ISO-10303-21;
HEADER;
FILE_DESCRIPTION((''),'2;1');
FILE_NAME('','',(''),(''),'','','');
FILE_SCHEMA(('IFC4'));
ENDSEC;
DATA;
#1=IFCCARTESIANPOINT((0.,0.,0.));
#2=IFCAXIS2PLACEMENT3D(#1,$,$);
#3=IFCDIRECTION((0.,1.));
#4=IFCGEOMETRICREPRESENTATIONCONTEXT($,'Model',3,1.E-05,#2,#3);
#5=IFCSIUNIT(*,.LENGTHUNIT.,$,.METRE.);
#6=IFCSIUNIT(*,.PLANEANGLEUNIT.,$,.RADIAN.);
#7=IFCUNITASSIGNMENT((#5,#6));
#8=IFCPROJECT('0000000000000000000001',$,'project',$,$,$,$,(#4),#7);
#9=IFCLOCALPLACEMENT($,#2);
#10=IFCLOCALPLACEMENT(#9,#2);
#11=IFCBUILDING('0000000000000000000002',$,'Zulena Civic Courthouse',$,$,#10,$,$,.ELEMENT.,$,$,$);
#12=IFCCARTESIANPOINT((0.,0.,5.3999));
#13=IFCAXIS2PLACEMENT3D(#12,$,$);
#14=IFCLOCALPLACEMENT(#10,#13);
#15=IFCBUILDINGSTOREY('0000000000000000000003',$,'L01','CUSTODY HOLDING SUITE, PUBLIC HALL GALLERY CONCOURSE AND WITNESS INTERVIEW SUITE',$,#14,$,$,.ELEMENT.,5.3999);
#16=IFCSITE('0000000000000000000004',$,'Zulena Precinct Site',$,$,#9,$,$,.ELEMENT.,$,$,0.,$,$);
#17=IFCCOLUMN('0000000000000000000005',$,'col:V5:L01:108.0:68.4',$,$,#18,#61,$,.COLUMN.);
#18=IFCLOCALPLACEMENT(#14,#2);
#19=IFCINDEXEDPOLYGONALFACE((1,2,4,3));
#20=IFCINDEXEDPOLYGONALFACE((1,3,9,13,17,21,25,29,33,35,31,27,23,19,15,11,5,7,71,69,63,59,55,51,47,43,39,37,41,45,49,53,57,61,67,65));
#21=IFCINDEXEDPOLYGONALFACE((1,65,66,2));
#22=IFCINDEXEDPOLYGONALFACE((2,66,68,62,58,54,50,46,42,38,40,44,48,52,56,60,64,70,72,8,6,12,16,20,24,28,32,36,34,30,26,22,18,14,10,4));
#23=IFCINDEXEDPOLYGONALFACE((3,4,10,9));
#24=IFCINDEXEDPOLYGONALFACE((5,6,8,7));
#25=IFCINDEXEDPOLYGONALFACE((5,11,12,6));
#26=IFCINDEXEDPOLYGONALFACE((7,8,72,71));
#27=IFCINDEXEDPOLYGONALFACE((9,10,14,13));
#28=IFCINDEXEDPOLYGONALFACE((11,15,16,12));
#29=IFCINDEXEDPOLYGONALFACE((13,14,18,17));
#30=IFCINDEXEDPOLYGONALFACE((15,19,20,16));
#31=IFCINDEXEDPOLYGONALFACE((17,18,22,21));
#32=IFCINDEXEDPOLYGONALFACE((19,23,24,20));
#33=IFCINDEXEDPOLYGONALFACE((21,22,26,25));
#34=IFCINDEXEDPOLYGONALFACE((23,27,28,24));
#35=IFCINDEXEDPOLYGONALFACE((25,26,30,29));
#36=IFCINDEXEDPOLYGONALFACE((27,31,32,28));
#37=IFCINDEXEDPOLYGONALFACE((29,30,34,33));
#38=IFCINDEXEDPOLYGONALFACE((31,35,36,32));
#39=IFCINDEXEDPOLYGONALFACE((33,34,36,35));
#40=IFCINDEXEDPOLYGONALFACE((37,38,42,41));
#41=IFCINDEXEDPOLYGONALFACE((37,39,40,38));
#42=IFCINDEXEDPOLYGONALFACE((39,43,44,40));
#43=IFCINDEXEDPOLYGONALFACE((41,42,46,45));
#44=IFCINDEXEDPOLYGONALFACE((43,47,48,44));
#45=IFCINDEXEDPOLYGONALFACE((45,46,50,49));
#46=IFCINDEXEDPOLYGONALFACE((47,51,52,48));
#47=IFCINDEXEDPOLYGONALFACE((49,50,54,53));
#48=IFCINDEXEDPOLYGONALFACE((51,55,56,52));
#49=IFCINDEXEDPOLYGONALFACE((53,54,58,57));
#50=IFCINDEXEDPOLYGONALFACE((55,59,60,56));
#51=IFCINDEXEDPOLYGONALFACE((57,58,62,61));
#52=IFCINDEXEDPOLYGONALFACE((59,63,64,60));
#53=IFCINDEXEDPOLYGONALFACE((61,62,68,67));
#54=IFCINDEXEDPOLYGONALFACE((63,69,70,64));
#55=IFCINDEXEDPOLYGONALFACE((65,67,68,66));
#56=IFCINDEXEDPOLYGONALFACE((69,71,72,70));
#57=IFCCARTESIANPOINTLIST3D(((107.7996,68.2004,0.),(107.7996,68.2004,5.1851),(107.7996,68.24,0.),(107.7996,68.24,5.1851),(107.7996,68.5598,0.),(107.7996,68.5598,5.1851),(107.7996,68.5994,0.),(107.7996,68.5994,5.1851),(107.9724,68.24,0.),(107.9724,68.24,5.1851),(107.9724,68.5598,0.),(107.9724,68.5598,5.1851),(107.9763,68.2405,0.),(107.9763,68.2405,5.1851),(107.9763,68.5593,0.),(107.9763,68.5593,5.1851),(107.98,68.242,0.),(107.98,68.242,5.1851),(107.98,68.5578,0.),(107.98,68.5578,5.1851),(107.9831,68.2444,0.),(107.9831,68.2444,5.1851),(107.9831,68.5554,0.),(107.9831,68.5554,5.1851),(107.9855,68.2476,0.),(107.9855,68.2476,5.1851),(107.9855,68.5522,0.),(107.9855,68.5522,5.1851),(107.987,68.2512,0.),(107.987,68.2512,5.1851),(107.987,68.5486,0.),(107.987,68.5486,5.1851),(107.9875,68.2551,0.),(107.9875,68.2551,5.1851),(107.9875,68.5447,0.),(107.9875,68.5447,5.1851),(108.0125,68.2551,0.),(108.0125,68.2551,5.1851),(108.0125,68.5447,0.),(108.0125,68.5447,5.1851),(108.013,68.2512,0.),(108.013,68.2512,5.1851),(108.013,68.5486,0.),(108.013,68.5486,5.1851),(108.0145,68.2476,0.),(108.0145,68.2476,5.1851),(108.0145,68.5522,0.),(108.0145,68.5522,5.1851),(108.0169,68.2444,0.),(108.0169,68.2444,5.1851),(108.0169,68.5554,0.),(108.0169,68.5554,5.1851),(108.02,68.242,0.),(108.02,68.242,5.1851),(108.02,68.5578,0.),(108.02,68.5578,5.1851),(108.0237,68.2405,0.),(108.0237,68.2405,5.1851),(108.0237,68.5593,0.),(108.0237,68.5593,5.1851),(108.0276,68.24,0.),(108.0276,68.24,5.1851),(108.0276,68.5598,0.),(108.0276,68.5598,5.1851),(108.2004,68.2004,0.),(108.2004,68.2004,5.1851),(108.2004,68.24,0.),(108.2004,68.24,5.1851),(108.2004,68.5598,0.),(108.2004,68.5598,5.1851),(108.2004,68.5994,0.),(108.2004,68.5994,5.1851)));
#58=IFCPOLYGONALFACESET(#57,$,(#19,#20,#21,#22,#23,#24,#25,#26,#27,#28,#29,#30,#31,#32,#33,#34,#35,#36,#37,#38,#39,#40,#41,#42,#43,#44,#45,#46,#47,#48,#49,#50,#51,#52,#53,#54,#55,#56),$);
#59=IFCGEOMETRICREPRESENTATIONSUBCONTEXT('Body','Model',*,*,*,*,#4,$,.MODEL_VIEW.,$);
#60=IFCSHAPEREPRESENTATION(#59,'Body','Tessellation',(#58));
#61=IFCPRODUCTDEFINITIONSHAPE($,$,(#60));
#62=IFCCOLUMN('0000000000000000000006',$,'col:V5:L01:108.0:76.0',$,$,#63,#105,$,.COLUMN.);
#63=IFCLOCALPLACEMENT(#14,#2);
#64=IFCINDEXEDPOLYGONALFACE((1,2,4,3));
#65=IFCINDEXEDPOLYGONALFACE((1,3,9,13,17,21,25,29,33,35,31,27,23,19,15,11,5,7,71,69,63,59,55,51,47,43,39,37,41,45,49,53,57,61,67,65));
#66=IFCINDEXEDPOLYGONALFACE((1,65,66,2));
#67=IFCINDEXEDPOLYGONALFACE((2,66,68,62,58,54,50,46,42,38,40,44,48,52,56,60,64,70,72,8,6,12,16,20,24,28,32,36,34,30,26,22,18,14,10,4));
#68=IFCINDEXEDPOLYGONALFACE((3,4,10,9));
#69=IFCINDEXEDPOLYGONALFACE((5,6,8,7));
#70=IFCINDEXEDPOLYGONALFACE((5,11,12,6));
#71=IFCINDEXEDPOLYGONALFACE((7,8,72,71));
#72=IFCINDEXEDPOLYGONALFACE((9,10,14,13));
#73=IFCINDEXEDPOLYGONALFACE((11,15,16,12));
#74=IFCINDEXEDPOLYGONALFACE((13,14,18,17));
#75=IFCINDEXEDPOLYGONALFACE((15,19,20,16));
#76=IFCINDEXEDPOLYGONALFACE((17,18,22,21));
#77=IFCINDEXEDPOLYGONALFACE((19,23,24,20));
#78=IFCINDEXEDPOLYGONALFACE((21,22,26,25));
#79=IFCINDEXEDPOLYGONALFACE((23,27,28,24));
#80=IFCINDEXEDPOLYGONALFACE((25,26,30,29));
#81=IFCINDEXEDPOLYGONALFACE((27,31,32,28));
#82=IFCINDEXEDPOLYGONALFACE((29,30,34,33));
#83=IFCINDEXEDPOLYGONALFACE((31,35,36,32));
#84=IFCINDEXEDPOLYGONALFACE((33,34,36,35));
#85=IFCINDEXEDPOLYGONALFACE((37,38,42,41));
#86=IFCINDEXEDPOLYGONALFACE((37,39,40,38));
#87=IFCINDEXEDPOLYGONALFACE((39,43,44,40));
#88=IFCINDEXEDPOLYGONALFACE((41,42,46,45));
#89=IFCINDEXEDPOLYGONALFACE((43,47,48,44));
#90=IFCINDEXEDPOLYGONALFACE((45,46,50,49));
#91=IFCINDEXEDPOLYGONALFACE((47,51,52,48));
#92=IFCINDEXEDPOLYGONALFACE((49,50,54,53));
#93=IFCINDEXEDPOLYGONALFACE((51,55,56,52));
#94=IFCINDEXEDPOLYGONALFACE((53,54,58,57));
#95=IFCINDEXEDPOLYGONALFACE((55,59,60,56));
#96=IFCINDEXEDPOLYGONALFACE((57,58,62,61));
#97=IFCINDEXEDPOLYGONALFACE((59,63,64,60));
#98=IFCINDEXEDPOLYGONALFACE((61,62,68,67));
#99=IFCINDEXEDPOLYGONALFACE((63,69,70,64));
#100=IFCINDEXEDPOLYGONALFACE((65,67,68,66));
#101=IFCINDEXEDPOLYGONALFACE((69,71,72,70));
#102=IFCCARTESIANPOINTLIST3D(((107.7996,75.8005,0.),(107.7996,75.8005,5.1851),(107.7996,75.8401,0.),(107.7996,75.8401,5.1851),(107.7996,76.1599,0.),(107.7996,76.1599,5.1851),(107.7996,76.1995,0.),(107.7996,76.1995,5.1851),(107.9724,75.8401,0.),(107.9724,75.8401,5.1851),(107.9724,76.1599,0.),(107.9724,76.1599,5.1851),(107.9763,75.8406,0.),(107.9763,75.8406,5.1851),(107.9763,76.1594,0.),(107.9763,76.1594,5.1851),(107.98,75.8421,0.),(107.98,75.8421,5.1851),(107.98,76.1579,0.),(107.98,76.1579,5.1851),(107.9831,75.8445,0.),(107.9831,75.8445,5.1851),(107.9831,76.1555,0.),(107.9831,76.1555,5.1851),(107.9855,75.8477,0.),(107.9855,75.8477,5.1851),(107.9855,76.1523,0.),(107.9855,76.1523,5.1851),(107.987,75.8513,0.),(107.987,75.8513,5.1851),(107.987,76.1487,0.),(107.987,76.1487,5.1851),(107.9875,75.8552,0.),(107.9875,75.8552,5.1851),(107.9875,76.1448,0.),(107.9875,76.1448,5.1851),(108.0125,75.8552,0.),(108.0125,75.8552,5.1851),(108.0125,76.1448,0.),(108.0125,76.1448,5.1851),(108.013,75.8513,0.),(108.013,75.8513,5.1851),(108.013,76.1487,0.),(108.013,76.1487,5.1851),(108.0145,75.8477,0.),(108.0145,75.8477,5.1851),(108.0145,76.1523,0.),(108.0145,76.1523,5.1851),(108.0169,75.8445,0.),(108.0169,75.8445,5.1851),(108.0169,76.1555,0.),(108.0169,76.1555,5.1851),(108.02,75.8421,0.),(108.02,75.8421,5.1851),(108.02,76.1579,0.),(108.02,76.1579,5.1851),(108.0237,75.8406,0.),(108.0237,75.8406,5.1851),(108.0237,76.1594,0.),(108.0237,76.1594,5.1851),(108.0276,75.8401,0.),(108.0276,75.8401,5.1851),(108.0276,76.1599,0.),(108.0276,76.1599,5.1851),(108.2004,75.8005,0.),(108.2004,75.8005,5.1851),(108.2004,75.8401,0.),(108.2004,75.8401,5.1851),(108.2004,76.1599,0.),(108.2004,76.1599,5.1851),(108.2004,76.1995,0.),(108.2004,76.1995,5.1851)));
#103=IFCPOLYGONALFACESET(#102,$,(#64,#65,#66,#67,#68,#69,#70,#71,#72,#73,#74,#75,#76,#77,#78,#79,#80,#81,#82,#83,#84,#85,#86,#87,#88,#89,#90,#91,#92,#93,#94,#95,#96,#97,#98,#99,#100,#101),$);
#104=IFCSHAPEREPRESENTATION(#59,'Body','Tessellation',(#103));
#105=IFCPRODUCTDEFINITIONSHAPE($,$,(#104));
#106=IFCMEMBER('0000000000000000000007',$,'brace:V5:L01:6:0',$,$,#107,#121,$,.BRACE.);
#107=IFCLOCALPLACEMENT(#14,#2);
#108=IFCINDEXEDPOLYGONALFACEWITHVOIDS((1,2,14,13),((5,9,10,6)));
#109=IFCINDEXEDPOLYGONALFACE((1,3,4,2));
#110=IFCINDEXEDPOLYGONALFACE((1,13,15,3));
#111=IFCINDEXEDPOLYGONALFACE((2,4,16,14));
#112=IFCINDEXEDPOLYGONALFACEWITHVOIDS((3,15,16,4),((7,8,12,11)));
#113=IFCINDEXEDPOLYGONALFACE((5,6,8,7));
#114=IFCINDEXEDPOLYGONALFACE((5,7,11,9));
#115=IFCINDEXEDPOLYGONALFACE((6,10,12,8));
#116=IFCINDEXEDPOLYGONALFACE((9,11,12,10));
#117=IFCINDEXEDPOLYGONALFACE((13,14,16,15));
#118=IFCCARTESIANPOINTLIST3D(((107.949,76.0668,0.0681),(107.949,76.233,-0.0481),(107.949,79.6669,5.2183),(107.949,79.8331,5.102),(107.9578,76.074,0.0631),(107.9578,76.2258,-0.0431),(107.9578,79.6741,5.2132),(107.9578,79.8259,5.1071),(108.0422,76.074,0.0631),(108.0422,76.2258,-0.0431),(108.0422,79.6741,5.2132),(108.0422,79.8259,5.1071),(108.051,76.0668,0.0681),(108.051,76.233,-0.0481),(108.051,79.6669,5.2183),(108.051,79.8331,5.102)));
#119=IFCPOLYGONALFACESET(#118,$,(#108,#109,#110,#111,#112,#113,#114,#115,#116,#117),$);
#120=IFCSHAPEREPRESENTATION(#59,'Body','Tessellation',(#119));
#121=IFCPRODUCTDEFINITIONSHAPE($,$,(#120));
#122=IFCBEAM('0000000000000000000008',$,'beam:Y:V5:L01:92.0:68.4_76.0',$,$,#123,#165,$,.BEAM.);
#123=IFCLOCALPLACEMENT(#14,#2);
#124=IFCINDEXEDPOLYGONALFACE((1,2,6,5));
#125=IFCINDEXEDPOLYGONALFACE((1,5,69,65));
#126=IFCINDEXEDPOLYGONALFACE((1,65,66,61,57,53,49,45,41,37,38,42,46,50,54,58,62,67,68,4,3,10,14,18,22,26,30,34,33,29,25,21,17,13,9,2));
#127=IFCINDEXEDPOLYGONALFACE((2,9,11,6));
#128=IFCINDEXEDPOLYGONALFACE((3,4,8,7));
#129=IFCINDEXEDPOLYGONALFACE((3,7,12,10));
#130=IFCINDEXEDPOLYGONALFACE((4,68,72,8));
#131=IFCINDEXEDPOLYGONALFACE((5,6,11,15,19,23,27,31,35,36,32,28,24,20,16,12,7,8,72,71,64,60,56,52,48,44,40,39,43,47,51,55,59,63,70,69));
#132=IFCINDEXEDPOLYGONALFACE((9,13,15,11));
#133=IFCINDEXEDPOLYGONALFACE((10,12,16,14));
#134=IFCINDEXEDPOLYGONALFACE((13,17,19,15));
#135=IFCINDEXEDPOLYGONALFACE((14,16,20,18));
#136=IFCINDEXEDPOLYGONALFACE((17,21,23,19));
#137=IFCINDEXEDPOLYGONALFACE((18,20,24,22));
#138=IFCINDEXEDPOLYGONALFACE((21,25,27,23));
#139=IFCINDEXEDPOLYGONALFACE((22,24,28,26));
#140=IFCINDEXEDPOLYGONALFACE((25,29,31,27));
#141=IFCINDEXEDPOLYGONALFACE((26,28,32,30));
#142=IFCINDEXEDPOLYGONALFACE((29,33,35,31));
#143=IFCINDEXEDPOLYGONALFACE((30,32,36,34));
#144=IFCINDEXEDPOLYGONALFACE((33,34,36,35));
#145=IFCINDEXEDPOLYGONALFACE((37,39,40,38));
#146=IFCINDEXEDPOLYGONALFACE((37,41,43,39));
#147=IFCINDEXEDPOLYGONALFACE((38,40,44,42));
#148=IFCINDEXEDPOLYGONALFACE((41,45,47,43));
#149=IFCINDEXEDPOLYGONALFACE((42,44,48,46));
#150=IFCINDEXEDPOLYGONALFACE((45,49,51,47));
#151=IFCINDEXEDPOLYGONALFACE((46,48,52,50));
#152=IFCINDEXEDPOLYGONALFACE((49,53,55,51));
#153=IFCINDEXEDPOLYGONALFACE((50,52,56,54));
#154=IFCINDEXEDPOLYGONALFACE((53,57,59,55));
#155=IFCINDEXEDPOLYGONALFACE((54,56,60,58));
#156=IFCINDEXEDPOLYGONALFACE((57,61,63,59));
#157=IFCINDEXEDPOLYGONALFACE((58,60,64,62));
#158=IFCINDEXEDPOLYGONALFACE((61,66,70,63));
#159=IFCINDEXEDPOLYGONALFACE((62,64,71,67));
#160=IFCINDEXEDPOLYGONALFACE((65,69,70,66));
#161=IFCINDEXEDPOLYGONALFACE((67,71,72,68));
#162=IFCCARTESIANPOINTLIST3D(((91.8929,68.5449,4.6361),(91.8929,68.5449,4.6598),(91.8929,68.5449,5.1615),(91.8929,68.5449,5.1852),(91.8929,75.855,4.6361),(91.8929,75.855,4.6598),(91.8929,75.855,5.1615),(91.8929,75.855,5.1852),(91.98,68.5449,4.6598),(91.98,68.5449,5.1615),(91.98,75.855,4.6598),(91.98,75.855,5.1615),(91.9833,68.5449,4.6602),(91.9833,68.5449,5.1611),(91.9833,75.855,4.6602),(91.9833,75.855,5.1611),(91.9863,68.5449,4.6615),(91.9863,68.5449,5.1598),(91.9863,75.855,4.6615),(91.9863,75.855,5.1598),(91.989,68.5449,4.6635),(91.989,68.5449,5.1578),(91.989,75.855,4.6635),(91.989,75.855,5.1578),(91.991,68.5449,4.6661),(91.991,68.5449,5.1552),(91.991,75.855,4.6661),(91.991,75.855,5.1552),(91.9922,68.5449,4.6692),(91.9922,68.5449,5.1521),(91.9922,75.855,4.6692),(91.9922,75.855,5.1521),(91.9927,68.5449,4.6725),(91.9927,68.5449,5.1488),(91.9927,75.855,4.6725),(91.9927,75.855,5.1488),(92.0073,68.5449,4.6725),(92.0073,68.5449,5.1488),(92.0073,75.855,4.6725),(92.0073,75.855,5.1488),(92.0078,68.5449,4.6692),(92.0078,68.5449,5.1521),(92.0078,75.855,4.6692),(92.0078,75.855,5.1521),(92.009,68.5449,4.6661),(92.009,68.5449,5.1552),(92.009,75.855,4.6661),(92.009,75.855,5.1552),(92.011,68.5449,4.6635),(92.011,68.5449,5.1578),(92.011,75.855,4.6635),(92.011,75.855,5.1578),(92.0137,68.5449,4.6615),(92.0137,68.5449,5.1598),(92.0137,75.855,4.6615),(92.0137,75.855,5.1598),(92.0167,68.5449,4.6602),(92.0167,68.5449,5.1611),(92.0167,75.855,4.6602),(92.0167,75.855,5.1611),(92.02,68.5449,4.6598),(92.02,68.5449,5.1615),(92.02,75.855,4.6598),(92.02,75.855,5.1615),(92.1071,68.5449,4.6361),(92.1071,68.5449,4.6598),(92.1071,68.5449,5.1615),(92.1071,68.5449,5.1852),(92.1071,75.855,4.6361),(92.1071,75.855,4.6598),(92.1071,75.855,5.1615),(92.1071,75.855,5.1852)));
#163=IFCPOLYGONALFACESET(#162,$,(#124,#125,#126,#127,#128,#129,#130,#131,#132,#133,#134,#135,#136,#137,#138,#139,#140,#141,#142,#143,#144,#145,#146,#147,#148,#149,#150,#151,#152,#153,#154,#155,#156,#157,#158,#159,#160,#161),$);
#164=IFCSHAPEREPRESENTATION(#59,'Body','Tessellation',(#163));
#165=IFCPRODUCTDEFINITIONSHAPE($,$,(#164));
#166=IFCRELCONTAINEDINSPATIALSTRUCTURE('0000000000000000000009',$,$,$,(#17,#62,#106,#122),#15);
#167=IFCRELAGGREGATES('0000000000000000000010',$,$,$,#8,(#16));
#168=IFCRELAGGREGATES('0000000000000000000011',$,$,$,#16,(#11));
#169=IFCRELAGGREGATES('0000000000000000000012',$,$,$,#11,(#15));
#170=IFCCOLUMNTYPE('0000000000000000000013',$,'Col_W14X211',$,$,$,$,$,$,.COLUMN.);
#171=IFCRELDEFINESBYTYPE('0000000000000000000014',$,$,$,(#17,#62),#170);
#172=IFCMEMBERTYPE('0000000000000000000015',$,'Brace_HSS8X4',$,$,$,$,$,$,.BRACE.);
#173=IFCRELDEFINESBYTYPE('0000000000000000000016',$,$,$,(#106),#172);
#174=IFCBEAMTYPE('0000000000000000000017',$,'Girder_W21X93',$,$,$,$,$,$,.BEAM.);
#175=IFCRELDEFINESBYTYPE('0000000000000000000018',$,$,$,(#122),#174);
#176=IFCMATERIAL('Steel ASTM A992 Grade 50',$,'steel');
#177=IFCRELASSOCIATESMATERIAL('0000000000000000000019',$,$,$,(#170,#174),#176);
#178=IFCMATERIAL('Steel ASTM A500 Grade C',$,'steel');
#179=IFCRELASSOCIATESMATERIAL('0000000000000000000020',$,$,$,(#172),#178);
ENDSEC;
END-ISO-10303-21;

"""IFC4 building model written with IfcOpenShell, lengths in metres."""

from ifc_helpers import new_model, si_unit, direction, frame, origin, origin_2d, place, context, subcontext, project, spatial, hollow_rectangle, i_section, extrude, material, material_profile, profile_set, type_object, element, save


model = new_model("IFC4")

# Units and contexts
model_context = context("Model", 3, precision=1e-05, world=origin(), true_north=direction((0.0, 1.0)))
body_context = subcontext(model_context, "Body", "Model", "MODEL_VIEW")
ifc_project = project(units=[si_unit("LENGTHUNIT", "METRE"), si_unit("PLANEANGLEUNIT", "RADIAN")], contexts=[model_context])

# Site, building, storey
site_placement = place(None, origin())
site = spatial("IfcSite", under=ifc_project, at=site_placement, Name="Zulena Precinct Site", CompositionType="ELEMENT", RefElevation=0.0)
building_placement = place(site_placement, origin())
building = spatial("IfcBuilding", under=site, at=building_placement, Name="Zulena Civic Courthouse", CompositionType="ELEMENT")
storey_placement = place(building_placement, frame((0.0, 0.0, 5.3999)))
storey = spatial("IfcBuildingStorey", under=building, at=storey_placement, Name="L01", Description="CUSTODY HOLDING SUITE, PUBLIC HALL GALLERY CONCOURSE AND WITNESS INTERVIEW SUITE", CompositionType="ELEMENT", Elevation=5.3999)

# Columns
ifc_material_1 = material(Name="Steel ASTM A992 Grade 50", Category="steel")
ifc_material_profile_1 = material_profile(ifc_material_1, i_section(OverallWidth=0.4009, OverallDepth=0.3989, WebThickness=0.0249, FlangeThickness=0.0396, FilletRadius=0.0151, at=origin_2d()), Name="W14X211")
ifc_profile_set_1 = profile_set([ifc_material_profile_1], Name="Steel ASTM A992 Grade 50")
column_type_1 = type_object("IfcColumnType", Name="Col_W14X211", PredefinedType="COLUMN", material=ifc_profile_set_1)
for number, where, z_axis, x_axis, name in (
    (1, (108.0, 68.3999, 0.0), (0.0, 0.0, 1.0), (1.0, 0.0, 0.0), "col:V5:L01:108.0:68.4"),
    (2, (108.0, 76.0, 0.0), (0.0, 0.0, 1.0), (1.0, 0.0, 0.0), "col:V5:L01:108.0:76.0"),
):
    element("IfcColumn", number, at=place(storey_placement, frame(where, z_axis=z_axis, x_axis=x_axis)), inside=storey, type_object=column_type_1, Name=name, PredefinedType="COLUMN", context=body_context, shape_type="SweptSolid", body=[
        extrude(i_section(OverallWidth=0.4009, OverallDepth=0.3989, WebThickness=0.0249, FlangeThickness=0.0396, FilletRadius=0.0151, at=origin_2d()), origin(), (0.0, 0.0, 1.0), 5.1851),
    ])

# Member
ifc_material_2 = material(Name="Steel ASTM A500 Grade C", Category="steel")
ifc_material_profile_2 = material_profile(ifc_material_2, hollow_rectangle(XDim=0.1021, YDim=0.2029, WallThickness=0.0088, at=origin_2d()), Name="HSS8X4X3/8")
ifc_profile_set_2 = profile_set([ifc_material_profile_2], Name="Steel ASTM A500 Grade C")
member_type = type_object("IfcMemberType", Name="Brace_HSS8X4", PredefinedType="BRACE", material=ifc_profile_set_2)
member_placement = place(storey_placement, frame((108.0, 76.1499, 0.01), z_axis=(0.0, 0.572928, 0.819606), x_axis=(-1.0, 0.0, 0.0)))
element("IfcMember", 3, at=member_placement, inside=storey, type_object=member_type, Name="brace:V5:L01:6:0", PredefinedType="BRACE", context=body_context, shape_type="SweptSolid", body=[
    extrude(hollow_rectangle(XDim=0.1021, YDim=0.2029, WallThickness=0.0088, at=origin_2d()), origin(), (0.0, 0.0, 1.0), 6.2837),
])

# Beam
ifc_material_profile_3 = material_profile(ifc_material_1, i_section(OverallWidth=0.2141, OverallDepth=0.5491, WebThickness=0.0146, FlangeThickness=0.0237, FilletRadius=0.0127, at=origin_2d()), Name="W21X93")
ifc_profile_set_3 = profile_set([ifc_material_profile_3], Name="Steel ASTM A992 Grade 50")
beam_type_1 = type_object("IfcBeamType", Name="Girder_W21X93", PredefinedType="BEAM", material=ifc_profile_set_3)
for number, where, z_axis, x_axis, name in (
    (4, (92.0, 68.5449, 4.9106), (0.0, 1.0, 0.0), (-1.0, 0.0, 0.0), "beam:Y:V5:L01:92.0:68.4_76.0"),
):
    element("IfcBeam", number, at=place(storey_placement, frame(where, z_axis=z_axis, x_axis=x_axis)), inside=storey, type_object=beam_type_1, Name=name, PredefinedType="BEAM", context=body_context, shape_type="SweptSolid", body=[
        extrude(i_section(OverallWidth=0.2141, OverallDepth=0.5491, WebThickness=0.0146, FlangeThickness=0.0237, FilletRadius=0.0127, at=origin_2d()), origin(), (0.0, 0.0, 1.0), 7.3101),
    ])

save(model, "model.ifc")
